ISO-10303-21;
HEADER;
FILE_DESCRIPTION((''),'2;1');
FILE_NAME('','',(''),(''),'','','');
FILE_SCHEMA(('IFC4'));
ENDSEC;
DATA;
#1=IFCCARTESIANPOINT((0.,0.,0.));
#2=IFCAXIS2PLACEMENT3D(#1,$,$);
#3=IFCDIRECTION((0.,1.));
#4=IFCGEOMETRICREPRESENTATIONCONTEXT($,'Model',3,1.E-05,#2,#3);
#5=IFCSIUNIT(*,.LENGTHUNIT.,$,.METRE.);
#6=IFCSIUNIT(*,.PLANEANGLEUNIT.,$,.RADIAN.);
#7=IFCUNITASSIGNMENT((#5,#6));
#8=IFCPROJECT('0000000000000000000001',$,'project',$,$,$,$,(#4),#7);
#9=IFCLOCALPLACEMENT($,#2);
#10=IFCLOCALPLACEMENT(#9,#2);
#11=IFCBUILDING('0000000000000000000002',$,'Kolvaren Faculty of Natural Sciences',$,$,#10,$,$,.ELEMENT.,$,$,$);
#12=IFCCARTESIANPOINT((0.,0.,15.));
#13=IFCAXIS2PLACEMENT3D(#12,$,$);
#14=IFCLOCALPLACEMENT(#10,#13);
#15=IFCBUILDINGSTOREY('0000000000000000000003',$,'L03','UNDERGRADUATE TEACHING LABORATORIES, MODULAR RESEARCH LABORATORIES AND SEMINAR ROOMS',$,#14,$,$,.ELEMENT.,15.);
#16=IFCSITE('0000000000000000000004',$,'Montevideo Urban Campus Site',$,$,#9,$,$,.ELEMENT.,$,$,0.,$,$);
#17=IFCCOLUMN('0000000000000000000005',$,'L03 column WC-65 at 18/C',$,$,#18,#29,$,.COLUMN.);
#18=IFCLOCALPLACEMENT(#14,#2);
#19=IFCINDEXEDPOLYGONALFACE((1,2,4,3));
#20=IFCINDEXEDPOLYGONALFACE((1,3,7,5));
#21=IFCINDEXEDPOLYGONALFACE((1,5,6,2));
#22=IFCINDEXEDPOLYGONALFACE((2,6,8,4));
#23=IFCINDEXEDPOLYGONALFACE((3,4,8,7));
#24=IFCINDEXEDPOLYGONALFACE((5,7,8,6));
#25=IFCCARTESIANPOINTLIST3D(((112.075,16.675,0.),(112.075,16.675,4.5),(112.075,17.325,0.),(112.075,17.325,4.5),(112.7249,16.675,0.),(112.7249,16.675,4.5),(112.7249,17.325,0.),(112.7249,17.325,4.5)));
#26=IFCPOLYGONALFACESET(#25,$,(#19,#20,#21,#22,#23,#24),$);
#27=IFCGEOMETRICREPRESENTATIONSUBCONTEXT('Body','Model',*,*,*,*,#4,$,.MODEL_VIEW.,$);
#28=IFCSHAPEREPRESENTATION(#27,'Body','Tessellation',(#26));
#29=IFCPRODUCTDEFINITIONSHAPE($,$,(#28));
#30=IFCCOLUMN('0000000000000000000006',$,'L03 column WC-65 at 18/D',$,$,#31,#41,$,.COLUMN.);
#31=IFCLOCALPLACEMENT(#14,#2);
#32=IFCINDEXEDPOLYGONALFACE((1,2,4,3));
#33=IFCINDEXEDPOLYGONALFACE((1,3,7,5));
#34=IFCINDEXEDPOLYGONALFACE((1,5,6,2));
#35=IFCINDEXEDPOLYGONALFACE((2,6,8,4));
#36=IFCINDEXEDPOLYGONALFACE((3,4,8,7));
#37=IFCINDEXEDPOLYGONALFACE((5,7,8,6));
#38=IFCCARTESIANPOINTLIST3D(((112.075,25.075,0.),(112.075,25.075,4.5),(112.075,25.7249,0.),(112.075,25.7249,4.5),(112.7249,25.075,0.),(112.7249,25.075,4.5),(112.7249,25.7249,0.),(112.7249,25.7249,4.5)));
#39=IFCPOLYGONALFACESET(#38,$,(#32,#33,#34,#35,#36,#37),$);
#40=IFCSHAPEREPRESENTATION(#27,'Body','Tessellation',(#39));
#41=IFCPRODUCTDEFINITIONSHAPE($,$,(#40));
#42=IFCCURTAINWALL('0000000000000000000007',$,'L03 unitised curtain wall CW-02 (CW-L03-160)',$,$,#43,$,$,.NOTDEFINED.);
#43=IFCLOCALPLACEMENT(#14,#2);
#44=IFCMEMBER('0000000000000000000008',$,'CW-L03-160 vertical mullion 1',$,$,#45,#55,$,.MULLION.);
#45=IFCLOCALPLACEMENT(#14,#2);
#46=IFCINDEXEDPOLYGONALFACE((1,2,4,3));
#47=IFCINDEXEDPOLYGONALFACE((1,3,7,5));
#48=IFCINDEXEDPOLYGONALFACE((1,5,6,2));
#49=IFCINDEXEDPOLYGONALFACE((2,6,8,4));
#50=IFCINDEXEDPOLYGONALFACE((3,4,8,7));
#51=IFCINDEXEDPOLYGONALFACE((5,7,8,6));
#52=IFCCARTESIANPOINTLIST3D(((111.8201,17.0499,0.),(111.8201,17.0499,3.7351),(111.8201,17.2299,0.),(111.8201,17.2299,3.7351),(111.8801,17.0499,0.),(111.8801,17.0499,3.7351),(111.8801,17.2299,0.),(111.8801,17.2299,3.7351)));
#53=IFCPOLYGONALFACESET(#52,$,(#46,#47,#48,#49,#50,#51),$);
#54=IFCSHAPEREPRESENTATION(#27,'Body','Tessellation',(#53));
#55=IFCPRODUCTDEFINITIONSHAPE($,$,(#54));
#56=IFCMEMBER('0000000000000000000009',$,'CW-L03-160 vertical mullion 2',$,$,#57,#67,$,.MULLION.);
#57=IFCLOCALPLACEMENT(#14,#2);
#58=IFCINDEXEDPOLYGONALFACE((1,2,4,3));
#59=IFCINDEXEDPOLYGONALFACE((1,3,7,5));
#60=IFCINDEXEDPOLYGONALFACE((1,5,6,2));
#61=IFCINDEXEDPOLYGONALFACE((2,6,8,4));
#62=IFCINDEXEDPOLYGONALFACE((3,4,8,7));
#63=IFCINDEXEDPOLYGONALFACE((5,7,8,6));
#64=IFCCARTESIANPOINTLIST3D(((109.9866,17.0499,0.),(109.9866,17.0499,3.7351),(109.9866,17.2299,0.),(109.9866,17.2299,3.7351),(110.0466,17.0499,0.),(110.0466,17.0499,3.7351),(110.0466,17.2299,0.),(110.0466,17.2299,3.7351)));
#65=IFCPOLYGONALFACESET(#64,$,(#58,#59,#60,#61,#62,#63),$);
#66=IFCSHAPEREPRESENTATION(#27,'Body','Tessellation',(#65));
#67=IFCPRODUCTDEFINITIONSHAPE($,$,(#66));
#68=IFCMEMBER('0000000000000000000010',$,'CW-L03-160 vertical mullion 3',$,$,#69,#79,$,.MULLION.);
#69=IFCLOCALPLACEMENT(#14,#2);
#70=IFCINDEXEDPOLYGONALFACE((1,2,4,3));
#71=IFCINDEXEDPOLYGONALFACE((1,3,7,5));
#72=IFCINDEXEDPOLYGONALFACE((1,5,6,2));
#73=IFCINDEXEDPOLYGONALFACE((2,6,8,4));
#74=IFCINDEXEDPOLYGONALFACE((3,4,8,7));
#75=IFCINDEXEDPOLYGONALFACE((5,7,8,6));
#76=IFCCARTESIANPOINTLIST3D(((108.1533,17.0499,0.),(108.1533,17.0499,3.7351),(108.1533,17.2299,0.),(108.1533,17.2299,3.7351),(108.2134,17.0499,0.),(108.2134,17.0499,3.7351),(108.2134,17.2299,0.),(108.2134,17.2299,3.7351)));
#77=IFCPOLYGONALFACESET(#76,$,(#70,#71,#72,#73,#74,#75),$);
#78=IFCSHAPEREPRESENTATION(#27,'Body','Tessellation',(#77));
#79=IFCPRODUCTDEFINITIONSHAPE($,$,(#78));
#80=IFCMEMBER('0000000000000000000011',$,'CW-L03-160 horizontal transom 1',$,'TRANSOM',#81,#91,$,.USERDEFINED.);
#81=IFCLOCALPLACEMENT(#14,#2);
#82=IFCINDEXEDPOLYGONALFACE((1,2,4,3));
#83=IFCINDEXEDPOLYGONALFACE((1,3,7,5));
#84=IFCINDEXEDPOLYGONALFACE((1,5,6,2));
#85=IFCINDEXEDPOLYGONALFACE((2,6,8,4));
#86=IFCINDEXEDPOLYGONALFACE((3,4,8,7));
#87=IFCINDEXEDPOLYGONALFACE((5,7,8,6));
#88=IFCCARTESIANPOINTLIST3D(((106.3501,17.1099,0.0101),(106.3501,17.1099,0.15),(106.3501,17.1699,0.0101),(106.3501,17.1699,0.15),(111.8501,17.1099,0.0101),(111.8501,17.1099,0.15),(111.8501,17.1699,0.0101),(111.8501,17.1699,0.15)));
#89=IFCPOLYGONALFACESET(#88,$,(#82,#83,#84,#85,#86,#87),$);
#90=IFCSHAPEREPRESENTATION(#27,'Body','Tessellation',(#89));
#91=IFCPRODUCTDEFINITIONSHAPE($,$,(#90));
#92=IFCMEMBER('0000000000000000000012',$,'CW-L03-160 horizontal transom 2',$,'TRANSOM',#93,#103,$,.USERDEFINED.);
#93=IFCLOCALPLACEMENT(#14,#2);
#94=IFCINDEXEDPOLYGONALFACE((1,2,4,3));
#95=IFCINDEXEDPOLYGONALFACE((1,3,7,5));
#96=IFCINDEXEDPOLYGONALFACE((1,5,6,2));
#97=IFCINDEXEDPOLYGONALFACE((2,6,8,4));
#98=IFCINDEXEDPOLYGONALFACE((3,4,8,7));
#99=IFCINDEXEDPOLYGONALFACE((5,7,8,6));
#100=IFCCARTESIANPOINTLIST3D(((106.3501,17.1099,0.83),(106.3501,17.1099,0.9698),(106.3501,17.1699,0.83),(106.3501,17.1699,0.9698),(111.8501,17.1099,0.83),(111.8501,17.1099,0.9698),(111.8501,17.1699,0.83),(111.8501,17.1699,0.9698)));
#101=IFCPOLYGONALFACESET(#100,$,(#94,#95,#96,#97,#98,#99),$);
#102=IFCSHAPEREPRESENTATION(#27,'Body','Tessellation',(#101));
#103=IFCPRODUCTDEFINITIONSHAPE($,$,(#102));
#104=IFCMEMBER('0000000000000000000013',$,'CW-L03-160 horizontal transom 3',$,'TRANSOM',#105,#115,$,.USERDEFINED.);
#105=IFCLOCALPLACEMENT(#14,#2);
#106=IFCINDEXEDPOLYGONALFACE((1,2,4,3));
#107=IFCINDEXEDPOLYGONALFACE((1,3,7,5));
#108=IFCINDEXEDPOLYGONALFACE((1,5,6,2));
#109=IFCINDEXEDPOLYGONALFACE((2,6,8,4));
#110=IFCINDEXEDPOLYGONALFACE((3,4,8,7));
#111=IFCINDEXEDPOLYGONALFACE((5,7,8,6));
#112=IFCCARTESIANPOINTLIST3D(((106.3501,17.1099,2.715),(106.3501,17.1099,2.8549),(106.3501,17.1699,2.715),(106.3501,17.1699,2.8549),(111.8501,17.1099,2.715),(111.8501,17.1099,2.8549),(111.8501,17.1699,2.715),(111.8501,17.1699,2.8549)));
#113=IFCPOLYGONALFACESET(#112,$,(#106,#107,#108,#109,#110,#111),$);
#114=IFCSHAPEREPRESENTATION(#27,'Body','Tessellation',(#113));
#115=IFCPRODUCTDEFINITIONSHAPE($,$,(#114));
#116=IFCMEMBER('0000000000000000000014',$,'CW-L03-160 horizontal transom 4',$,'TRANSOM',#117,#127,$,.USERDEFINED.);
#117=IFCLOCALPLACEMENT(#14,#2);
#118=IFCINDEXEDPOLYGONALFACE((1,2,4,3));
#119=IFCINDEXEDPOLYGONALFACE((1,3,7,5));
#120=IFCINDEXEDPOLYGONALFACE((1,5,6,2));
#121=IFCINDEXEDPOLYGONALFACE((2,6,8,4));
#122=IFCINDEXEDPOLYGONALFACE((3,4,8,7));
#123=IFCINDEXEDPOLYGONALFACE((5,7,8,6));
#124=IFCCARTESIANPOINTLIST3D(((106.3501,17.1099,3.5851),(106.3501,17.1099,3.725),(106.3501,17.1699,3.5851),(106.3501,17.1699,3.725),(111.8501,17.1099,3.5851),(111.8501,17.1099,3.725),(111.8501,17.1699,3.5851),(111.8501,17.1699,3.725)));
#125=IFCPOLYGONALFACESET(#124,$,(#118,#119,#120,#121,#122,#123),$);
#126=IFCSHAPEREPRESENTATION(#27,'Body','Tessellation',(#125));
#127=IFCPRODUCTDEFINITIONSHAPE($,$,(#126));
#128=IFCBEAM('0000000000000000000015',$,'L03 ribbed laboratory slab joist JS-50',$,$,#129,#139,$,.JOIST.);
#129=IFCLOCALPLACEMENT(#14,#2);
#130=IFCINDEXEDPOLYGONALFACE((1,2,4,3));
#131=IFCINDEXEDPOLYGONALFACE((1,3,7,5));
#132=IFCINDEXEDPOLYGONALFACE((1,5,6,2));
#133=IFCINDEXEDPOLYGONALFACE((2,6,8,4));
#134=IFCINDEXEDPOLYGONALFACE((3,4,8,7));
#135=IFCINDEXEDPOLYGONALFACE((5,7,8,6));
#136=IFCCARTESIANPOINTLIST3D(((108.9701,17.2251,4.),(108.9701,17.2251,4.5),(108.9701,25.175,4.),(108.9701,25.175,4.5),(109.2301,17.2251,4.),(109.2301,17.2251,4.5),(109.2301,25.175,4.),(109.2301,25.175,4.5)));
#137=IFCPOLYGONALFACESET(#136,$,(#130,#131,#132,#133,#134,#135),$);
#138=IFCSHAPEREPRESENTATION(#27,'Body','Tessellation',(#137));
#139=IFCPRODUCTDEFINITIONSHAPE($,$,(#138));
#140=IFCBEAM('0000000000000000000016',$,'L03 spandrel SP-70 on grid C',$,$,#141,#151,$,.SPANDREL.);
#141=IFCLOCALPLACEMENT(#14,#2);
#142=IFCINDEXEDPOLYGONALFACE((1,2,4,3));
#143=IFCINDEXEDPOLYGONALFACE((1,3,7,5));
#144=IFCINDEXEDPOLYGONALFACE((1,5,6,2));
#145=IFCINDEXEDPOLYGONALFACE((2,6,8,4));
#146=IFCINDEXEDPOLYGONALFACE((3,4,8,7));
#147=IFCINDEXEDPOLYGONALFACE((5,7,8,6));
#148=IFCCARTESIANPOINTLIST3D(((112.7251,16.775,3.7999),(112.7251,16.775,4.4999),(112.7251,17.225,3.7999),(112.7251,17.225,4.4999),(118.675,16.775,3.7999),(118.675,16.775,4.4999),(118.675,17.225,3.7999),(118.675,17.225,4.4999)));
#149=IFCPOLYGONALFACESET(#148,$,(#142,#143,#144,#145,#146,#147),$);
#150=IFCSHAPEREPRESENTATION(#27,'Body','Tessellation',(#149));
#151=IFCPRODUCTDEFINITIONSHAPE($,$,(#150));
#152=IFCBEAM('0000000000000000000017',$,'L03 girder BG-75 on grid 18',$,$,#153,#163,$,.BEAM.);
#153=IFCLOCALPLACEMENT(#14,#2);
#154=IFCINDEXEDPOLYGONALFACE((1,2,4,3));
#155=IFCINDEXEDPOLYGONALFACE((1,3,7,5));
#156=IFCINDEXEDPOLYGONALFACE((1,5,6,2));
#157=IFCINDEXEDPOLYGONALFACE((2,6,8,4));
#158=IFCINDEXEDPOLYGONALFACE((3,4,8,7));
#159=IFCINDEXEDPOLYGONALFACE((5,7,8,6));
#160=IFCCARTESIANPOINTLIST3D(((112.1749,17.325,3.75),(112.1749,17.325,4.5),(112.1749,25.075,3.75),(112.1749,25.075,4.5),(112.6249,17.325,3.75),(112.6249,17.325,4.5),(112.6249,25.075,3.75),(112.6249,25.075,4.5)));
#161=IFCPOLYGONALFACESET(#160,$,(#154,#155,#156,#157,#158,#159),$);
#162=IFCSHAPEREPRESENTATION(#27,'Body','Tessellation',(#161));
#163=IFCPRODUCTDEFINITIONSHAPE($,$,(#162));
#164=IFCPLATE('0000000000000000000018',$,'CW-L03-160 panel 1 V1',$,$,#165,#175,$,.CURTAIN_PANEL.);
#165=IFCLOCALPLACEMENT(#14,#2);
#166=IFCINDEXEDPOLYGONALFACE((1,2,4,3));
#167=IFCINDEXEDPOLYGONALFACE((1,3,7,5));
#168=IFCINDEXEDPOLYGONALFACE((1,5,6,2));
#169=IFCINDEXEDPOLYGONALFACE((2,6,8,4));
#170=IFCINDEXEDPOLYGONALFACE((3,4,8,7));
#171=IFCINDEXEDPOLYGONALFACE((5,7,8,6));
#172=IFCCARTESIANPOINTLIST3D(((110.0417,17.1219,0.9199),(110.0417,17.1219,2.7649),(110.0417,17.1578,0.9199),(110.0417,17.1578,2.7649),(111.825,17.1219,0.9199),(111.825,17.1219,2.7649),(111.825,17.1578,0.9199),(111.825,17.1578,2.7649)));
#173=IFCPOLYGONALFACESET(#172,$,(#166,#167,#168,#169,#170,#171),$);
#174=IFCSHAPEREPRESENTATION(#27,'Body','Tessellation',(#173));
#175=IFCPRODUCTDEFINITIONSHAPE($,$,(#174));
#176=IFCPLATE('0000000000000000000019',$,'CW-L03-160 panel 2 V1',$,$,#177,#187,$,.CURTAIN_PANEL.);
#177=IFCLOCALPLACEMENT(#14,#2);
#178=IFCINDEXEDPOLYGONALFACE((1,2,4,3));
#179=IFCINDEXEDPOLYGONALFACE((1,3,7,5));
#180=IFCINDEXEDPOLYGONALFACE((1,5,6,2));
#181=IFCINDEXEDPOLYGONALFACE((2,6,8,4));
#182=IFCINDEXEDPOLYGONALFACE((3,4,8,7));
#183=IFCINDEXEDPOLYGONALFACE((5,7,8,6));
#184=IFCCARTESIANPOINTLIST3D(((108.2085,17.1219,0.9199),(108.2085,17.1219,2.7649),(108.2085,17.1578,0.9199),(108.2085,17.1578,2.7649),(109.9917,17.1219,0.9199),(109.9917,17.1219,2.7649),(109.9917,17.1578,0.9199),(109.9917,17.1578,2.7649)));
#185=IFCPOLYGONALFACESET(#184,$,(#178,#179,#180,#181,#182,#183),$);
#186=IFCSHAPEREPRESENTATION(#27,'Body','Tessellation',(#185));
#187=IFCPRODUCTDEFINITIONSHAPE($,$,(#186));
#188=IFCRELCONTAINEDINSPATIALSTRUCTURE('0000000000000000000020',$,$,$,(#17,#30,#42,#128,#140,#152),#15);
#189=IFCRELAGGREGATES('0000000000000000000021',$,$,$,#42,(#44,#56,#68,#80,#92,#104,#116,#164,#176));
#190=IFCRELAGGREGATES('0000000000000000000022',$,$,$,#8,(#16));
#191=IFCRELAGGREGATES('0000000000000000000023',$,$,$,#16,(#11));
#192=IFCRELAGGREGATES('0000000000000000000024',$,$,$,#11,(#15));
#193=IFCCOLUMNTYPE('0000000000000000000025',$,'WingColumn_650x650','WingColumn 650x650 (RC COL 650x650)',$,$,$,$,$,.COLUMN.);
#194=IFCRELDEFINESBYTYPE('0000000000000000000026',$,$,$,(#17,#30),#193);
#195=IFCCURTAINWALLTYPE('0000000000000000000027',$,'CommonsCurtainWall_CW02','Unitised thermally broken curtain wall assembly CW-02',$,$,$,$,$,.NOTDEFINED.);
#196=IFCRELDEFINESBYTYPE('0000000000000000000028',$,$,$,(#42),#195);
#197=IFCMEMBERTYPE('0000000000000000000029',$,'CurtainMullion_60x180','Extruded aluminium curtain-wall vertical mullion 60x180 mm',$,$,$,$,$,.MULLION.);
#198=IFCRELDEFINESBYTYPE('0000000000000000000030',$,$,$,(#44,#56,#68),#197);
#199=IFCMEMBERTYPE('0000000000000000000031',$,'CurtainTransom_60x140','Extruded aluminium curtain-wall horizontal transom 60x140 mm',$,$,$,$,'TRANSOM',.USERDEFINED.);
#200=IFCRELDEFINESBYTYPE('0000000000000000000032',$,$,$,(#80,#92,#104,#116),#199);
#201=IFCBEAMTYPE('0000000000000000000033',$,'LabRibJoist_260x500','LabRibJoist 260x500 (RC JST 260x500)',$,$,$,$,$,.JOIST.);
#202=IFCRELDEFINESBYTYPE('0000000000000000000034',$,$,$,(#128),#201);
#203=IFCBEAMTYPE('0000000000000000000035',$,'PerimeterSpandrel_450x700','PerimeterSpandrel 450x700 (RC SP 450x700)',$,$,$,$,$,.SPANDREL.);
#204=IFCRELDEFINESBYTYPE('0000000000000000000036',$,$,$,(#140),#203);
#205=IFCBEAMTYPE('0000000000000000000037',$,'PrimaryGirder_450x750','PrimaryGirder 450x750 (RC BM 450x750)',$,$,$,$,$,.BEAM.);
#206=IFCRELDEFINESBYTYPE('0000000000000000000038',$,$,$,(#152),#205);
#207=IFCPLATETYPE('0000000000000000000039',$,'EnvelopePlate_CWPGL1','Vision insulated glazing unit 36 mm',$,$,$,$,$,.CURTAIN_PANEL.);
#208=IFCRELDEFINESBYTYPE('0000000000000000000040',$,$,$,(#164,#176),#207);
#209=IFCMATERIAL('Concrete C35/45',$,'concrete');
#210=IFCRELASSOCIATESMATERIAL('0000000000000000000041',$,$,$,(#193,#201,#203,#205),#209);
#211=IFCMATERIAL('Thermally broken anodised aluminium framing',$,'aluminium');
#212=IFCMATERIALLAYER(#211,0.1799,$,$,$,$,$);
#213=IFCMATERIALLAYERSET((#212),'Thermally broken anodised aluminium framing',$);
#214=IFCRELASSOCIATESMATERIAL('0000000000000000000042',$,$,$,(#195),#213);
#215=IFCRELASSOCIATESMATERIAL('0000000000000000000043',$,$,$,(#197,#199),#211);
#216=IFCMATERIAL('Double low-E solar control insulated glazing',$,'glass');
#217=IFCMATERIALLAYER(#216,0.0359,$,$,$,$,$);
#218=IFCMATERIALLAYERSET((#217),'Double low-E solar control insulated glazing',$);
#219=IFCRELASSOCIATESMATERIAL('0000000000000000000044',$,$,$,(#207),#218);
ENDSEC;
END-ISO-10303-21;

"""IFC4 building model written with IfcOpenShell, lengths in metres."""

from ifc_helpers import new_model, si_unit, direction, frame, origin, origin_2d, place, context, subcontext, project, spatial, rectangle, extrude, material, layer, layer_set, material_profile, profile_set, type_object, element, aggregate, save


model = new_model("IFC4")

# Units and contexts
model_context = context("Model", 3, precision=1e-05, world=origin(), true_north=direction((0.0, 1.0)))
body_context = subcontext(model_context, "Body", "Model", "MODEL_VIEW")
ifc_project = project(units=[si_unit("LENGTHUNIT", "METRE"), si_unit("PLANEANGLEUNIT", "RADIAN")], contexts=[model_context])

# Site, building, storey
site_placement = place(None, origin())
site = spatial("IfcSite", under=ifc_project, at=site_placement, Name="Montevideo Urban Campus Site", CompositionType="ELEMENT", RefElevation=0.0)
building_placement = place(site_placement, origin())
building = spatial("IfcBuilding", under=site, at=building_placement, Name="Kolvaren Faculty of Natural Sciences", CompositionType="ELEMENT")
storey_placement = place(building_placement, frame((0.0, 0.0, 15.0)))
storey = spatial("IfcBuildingStorey", under=building, at=storey_placement, Name="L03", Description="UNDERGRADUATE TEACHING LABORATORIES, MODULAR RESEARCH LABORATORIES AND SEMINAR ROOMS", CompositionType="ELEMENT", Elevation=15.0)

# Columns
ifc_material_1 = material(Name="Concrete C35/45", Category="concrete")
ifc_material_profile_1 = material_profile(ifc_material_1, rectangle(XDim=0.6499, YDim=0.6499, at=origin_2d()), Name="RC COL 650x650")
ifc_profile_set_1 = profile_set([ifc_material_profile_1], Name="Concrete C35/45")
column_type = type_object("IfcColumnType", Name="WingColumn_650x650", Description="WingColumn 650x650 (RC COL 650x650)", PredefinedType="COLUMN", material=ifc_profile_set_1)
for number, where, z_axis, x_axis, name in (
    (1, (112.3999, 17.0, 0.0), (0.0, 0.0, 1.0), (1.0, 0.0, 0.0), "L03 column WC-65 at 18/C"),
    (2, (112.3999, 25.3999, 0.0), (0.0, 0.0, 1.0), (1.0, 0.0, 0.0), "L03 column WC-65 at 18/D"),
):
    element("IfcColumn", number, at=place(storey_placement, frame(where, z_axis=z_axis, x_axis=x_axis)), inside=storey, type_object=column_type, Name=name, PredefinedType="COLUMN", context=body_context, shape_type="SweptSolid", body=[
        extrude(rectangle(XDim=0.6499, YDim=0.6499, at=origin_2d()), origin(), (0.0, 0.0, 1.0), 4.5),
    ])

# Curtain wall, members
ifc_material_2 = material(Name="Thermally broken anodised aluminium framing", Category="aluminium")
ifc_layer_1 = layer(ifc_material_2, 0.1799)
ifc_layer_set_1 = layer_set([ifc_layer_1], Name="Thermally broken anodised aluminium framing")
curtain_wall_type = type_object("IfcCurtainWallType", Name="CommonsCurtainWall_CW02", Description="Unitised thermally broken curtain wall assembly CW-02", PredefinedType="NOTDEFINED", material=ifc_layer_set_1)
curtain_wall_placement = place(storey_placement, origin())
curtain_wall = element("IfcCurtainWall", 3, at=curtain_wall_placement, inside=storey, type_object=curtain_wall_type, Name="L03 unitised curtain wall CW-02 (CW-L03-160)", PredefinedType="NOTDEFINED")
ifc_material_profile_2 = material_profile(ifc_material_2, rectangle(XDim=0.0601, YDim=0.1799, at=origin_2d()), Name="ALU MUL 60x180")
ifc_profile_set_2 = profile_set([ifc_material_profile_2], Name="Thermally broken anodised aluminium framing")
member_type_1 = type_object("IfcMemberType", Name="CurtainMullion_60x180", Description="Extruded aluminium curtain-wall vertical mullion 60x180 mm", PredefinedType="MULLION", material=ifc_profile_set_2)
member_1_placement = place(storey_placement, frame((111.8501, 17.1399, 0.0), z_axis=(0.0, 0.0, 1.0), x_axis=(-1.0, 0.0, 0.0)))
member_1 = element("IfcMember", 4, at=member_1_placement, type_object=member_type_1, Name="CW-L03-160 vertical mullion 1", PredefinedType="MULLION", context=body_context, shape_type="SweptSolid", body=[
    extrude(rectangle(XDim=0.0601, YDim=0.1799, at=origin_2d()), origin(), (0.0, 0.0, 1.0), 3.7351),
])
member_2_placement = place(storey_placement, frame((110.0166, 17.1399, 0.0), z_axis=(0.0, 0.0, 1.0), x_axis=(-1.0, 0.0, 0.0)))
member_2 = element("IfcMember", 5, at=member_2_placement, type_object=member_type_1, Name="CW-L03-160 vertical mullion 2", PredefinedType="MULLION", context=body_context, shape_type="SweptSolid", body=[
    extrude(rectangle(XDim=0.0601, YDim=0.1799, at=origin_2d()), origin(), (0.0, 0.0, 1.0), 3.7351),
])
member_3_placement = place(storey_placement, frame((108.1833, 17.1399, 0.0), z_axis=(0.0, 0.0, 1.0), x_axis=(-1.0, 0.0, 0.0)))
member_3 = element("IfcMember", 6, at=member_3_placement, type_object=member_type_1, Name="CW-L03-160 vertical mullion 3", PredefinedType="MULLION", context=body_context, shape_type="SweptSolid", body=[
    extrude(rectangle(XDim=0.0601, YDim=0.1799, at=origin_2d()), origin(), (0.0, 0.0, 1.0), 3.7351),
])
ifc_material_profile_3 = material_profile(ifc_material_2, rectangle(XDim=0.0601, YDim=0.1399, at=origin_2d()), Name="ALU TRN 60x140")
ifc_profile_set_3 = profile_set([ifc_material_profile_3], Name="Thermally broken anodised aluminium framing")
member_type_2 = type_object("IfcMemberType", Name="CurtainTransom_60x140", Description="Extruded aluminium curtain-wall horizontal transom 60x140 mm", ElementType="TRANSOM", PredefinedType="USERDEFINED", material=ifc_profile_set_3)
member_4_placement = place(storey_placement, frame((111.8501, 17.1399, 0.0801), z_axis=(-1.0, 0.0, 0.0), x_axis=(0.0, -1.0, 0.0)))
member_4 = element("IfcMember", 7, at=member_4_placement, type_object=member_type_2, Name="CW-L03-160 horizontal transom 1", ObjectType="TRANSOM", PredefinedType="USERDEFINED", context=body_context, shape_type="SweptSolid", body=[
    extrude(rectangle(XDim=0.0601, YDim=0.1399, at=origin_2d()), origin(), (0.0, 0.0, 1.0), 5.5),
])
member_5_placement = place(storey_placement, frame((111.8501, 17.1399, 0.8999), z_axis=(-1.0, 0.0, 0.0), x_axis=(0.0, -1.0, 0.0)))
member_5 = element("IfcMember", 8, at=member_5_placement, type_object=member_type_2, Name="CW-L03-160 horizontal transom 2", ObjectType="TRANSOM", PredefinedType="USERDEFINED", context=body_context, shape_type="SweptSolid", body=[
    extrude(rectangle(XDim=0.0601, YDim=0.1399, at=origin_2d()), origin(), (0.0, 0.0, 1.0), 5.5),
])
member_6_placement = place(storey_placement, frame((111.8501, 17.1399, 2.7849), z_axis=(-1.0, 0.0, 0.0), x_axis=(0.0, -1.0, 0.0)))
member_6 = element("IfcMember", 9, at=member_6_placement, type_object=member_type_2, Name="CW-L03-160 horizontal transom 3", ObjectType="TRANSOM", PredefinedType="USERDEFINED", context=body_context, shape_type="SweptSolid", body=[
    extrude(rectangle(XDim=0.0601, YDim=0.1399, at=origin_2d()), origin(), (0.0, 0.0, 1.0), 5.5),
])
member_7_placement = place(storey_placement, frame((111.8501, 17.1399, 3.655), z_axis=(-1.0, 0.0, 0.0), x_axis=(0.0, -1.0, 0.0)))
member_7 = element("IfcMember", 10, at=member_7_placement, type_object=member_type_2, Name="CW-L03-160 horizontal transom 4", ObjectType="TRANSOM", PredefinedType="USERDEFINED", context=body_context, shape_type="SweptSolid", body=[
    extrude(rectangle(XDim=0.0601, YDim=0.1399, at=origin_2d()), origin(), (0.0, 0.0, 1.0), 5.5),
])

# Beams
ifc_material_profile_4 = material_profile(ifc_material_1, rectangle(XDim=0.26, YDim=0.5, at=origin_2d()), Name="RC JST 260x500")
ifc_profile_set_4 = profile_set([ifc_material_profile_4], Name="Concrete C35/45")
beam_type_1 = type_object("IfcBeamType", Name="LabRibJoist_260x500", Description="LabRibJoist 260x500 (RC JST 260x500)", PredefinedType="JOIST", material=ifc_profile_set_4)
beam_1_placement = place(storey_placement, frame((109.1001, 17.2251, 4.25), z_axis=(0.0, 1.0, 0.0), x_axis=(-1.0, 0.0, 0.0)))
element("IfcBeam", 11, at=beam_1_placement, inside=storey, type_object=beam_type_1, Name="L03 ribbed laboratory slab joist JS-50", PredefinedType="JOIST", context=body_context, shape_type="SweptSolid", body=[
    extrude(rectangle(XDim=0.26, YDim=0.5, at=origin_2d()), origin(), (0.0, 0.0, 1.0), 7.95),
])
ifc_material_profile_5 = material_profile(ifc_material_1, rectangle(XDim=0.45, YDim=0.7, at=origin_2d()), Name="RC SP 450x700")
ifc_profile_set_5 = profile_set([ifc_material_profile_5], Name="Concrete C35/45")
beam_type_2 = type_object("IfcBeamType", Name="PerimeterSpandrel_450x700", Description="PerimeterSpandrel 450x700 (RC SP 450x700)", PredefinedType="SPANDREL", material=ifc_profile_set_5)
beam_2_placement = place(storey_placement, frame((112.7251, 17.0, 4.1499), z_axis=(1.0, 0.0, 0.0), x_axis=(0.0, 1.0, 0.0)))
element("IfcBeam", 12, at=beam_2_placement, inside=storey, type_object=beam_type_2, Name="L03 spandrel SP-70 on grid C", PredefinedType="SPANDREL", context=body_context, shape_type="SweptSolid", body=[
    extrude(rectangle(XDim=0.45, YDim=0.7, at=origin_2d()), origin(), (0.0, 0.0, 1.0), 5.95),
])
ifc_material_profile_6 = material_profile(ifc_material_1, rectangle(XDim=0.45, YDim=0.75, at=origin_2d()), Name="RC BM 450x750")
ifc_profile_set_6 = profile_set([ifc_material_profile_6], Name="Concrete C35/45")
beam_type_3 = type_object("IfcBeamType", Name="PrimaryGirder_450x750", Description="PrimaryGirder 450x750 (RC BM 450x750)", PredefinedType="BEAM", material=ifc_profile_set_6)
beam_3_placement = place(storey_placement, frame((112.3999, 17.325, 4.125), z_axis=(0.0, 1.0, 0.0), x_axis=(-1.0, 0.0, 0.0)))
element("IfcBeam", 13, at=beam_3_placement, inside=storey, type_object=beam_type_3, Name="L03 girder BG-75 on grid 18", PredefinedType="BEAM", context=body_context, shape_type="SweptSolid", body=[
    extrude(rectangle(XDim=0.45, YDim=0.75, at=origin_2d()), origin(), (0.0, 0.0, 1.0), 7.75),
])

# Plates
ifc_material_3 = material(Name="Double low-E solar control insulated glazing", Category="glass")
ifc_layer_2 = layer(ifc_material_3, 0.0359)
ifc_layer_set_2 = layer_set([ifc_layer_2], Name="Double low-E solar control insulated glazing")
plate_type_1 = type_object("IfcPlateType", Name="EnvelopePlate_CWPGL1", Description="Vision insulated glazing unit 36 mm", PredefinedType="CURTAIN_PANEL", material=ifc_layer_set_2)
plate_1_placement = place(storey_placement, frame((110.9333, 17.1399, 0.9199), z_axis=(0.0, 0.0, 1.0), x_axis=(-1.0, 0.0, 0.0)))
plate_1 = element("IfcPlate", 14, at=plate_1_placement, type_object=plate_type_1, Name="CW-L03-160 panel 1 V1", PredefinedType="CURTAIN_PANEL", context=body_context, shape_type="SweptSolid", body=[
    extrude(rectangle(XDim=1.7832, YDim=0.0359, at=origin_2d()), origin(), (0.0, 0.0, 1.0), 1.845),
])
plate_2_placement = place(storey_placement, frame((109.1001, 17.1399, 0.9199), z_axis=(0.0, 0.0, 1.0), x_axis=(-1.0, 0.0, 0.0)))
plate_2 = element("IfcPlate", 15, at=plate_2_placement, type_object=plate_type_1, Name="CW-L03-160 panel 2 V1", PredefinedType="CURTAIN_PANEL", context=body_context, shape_type="SweptSolid", body=[
    extrude(rectangle(XDim=1.7832, YDim=0.0359, at=origin_2d()), origin(), (0.0, 0.0, 1.0), 1.845),
])
aggregate(curtain_wall, [member_1, member_2, member_3, member_4, member_5, member_6, member_7, plate_1, plate_2])

save(model, "model.ifc")
